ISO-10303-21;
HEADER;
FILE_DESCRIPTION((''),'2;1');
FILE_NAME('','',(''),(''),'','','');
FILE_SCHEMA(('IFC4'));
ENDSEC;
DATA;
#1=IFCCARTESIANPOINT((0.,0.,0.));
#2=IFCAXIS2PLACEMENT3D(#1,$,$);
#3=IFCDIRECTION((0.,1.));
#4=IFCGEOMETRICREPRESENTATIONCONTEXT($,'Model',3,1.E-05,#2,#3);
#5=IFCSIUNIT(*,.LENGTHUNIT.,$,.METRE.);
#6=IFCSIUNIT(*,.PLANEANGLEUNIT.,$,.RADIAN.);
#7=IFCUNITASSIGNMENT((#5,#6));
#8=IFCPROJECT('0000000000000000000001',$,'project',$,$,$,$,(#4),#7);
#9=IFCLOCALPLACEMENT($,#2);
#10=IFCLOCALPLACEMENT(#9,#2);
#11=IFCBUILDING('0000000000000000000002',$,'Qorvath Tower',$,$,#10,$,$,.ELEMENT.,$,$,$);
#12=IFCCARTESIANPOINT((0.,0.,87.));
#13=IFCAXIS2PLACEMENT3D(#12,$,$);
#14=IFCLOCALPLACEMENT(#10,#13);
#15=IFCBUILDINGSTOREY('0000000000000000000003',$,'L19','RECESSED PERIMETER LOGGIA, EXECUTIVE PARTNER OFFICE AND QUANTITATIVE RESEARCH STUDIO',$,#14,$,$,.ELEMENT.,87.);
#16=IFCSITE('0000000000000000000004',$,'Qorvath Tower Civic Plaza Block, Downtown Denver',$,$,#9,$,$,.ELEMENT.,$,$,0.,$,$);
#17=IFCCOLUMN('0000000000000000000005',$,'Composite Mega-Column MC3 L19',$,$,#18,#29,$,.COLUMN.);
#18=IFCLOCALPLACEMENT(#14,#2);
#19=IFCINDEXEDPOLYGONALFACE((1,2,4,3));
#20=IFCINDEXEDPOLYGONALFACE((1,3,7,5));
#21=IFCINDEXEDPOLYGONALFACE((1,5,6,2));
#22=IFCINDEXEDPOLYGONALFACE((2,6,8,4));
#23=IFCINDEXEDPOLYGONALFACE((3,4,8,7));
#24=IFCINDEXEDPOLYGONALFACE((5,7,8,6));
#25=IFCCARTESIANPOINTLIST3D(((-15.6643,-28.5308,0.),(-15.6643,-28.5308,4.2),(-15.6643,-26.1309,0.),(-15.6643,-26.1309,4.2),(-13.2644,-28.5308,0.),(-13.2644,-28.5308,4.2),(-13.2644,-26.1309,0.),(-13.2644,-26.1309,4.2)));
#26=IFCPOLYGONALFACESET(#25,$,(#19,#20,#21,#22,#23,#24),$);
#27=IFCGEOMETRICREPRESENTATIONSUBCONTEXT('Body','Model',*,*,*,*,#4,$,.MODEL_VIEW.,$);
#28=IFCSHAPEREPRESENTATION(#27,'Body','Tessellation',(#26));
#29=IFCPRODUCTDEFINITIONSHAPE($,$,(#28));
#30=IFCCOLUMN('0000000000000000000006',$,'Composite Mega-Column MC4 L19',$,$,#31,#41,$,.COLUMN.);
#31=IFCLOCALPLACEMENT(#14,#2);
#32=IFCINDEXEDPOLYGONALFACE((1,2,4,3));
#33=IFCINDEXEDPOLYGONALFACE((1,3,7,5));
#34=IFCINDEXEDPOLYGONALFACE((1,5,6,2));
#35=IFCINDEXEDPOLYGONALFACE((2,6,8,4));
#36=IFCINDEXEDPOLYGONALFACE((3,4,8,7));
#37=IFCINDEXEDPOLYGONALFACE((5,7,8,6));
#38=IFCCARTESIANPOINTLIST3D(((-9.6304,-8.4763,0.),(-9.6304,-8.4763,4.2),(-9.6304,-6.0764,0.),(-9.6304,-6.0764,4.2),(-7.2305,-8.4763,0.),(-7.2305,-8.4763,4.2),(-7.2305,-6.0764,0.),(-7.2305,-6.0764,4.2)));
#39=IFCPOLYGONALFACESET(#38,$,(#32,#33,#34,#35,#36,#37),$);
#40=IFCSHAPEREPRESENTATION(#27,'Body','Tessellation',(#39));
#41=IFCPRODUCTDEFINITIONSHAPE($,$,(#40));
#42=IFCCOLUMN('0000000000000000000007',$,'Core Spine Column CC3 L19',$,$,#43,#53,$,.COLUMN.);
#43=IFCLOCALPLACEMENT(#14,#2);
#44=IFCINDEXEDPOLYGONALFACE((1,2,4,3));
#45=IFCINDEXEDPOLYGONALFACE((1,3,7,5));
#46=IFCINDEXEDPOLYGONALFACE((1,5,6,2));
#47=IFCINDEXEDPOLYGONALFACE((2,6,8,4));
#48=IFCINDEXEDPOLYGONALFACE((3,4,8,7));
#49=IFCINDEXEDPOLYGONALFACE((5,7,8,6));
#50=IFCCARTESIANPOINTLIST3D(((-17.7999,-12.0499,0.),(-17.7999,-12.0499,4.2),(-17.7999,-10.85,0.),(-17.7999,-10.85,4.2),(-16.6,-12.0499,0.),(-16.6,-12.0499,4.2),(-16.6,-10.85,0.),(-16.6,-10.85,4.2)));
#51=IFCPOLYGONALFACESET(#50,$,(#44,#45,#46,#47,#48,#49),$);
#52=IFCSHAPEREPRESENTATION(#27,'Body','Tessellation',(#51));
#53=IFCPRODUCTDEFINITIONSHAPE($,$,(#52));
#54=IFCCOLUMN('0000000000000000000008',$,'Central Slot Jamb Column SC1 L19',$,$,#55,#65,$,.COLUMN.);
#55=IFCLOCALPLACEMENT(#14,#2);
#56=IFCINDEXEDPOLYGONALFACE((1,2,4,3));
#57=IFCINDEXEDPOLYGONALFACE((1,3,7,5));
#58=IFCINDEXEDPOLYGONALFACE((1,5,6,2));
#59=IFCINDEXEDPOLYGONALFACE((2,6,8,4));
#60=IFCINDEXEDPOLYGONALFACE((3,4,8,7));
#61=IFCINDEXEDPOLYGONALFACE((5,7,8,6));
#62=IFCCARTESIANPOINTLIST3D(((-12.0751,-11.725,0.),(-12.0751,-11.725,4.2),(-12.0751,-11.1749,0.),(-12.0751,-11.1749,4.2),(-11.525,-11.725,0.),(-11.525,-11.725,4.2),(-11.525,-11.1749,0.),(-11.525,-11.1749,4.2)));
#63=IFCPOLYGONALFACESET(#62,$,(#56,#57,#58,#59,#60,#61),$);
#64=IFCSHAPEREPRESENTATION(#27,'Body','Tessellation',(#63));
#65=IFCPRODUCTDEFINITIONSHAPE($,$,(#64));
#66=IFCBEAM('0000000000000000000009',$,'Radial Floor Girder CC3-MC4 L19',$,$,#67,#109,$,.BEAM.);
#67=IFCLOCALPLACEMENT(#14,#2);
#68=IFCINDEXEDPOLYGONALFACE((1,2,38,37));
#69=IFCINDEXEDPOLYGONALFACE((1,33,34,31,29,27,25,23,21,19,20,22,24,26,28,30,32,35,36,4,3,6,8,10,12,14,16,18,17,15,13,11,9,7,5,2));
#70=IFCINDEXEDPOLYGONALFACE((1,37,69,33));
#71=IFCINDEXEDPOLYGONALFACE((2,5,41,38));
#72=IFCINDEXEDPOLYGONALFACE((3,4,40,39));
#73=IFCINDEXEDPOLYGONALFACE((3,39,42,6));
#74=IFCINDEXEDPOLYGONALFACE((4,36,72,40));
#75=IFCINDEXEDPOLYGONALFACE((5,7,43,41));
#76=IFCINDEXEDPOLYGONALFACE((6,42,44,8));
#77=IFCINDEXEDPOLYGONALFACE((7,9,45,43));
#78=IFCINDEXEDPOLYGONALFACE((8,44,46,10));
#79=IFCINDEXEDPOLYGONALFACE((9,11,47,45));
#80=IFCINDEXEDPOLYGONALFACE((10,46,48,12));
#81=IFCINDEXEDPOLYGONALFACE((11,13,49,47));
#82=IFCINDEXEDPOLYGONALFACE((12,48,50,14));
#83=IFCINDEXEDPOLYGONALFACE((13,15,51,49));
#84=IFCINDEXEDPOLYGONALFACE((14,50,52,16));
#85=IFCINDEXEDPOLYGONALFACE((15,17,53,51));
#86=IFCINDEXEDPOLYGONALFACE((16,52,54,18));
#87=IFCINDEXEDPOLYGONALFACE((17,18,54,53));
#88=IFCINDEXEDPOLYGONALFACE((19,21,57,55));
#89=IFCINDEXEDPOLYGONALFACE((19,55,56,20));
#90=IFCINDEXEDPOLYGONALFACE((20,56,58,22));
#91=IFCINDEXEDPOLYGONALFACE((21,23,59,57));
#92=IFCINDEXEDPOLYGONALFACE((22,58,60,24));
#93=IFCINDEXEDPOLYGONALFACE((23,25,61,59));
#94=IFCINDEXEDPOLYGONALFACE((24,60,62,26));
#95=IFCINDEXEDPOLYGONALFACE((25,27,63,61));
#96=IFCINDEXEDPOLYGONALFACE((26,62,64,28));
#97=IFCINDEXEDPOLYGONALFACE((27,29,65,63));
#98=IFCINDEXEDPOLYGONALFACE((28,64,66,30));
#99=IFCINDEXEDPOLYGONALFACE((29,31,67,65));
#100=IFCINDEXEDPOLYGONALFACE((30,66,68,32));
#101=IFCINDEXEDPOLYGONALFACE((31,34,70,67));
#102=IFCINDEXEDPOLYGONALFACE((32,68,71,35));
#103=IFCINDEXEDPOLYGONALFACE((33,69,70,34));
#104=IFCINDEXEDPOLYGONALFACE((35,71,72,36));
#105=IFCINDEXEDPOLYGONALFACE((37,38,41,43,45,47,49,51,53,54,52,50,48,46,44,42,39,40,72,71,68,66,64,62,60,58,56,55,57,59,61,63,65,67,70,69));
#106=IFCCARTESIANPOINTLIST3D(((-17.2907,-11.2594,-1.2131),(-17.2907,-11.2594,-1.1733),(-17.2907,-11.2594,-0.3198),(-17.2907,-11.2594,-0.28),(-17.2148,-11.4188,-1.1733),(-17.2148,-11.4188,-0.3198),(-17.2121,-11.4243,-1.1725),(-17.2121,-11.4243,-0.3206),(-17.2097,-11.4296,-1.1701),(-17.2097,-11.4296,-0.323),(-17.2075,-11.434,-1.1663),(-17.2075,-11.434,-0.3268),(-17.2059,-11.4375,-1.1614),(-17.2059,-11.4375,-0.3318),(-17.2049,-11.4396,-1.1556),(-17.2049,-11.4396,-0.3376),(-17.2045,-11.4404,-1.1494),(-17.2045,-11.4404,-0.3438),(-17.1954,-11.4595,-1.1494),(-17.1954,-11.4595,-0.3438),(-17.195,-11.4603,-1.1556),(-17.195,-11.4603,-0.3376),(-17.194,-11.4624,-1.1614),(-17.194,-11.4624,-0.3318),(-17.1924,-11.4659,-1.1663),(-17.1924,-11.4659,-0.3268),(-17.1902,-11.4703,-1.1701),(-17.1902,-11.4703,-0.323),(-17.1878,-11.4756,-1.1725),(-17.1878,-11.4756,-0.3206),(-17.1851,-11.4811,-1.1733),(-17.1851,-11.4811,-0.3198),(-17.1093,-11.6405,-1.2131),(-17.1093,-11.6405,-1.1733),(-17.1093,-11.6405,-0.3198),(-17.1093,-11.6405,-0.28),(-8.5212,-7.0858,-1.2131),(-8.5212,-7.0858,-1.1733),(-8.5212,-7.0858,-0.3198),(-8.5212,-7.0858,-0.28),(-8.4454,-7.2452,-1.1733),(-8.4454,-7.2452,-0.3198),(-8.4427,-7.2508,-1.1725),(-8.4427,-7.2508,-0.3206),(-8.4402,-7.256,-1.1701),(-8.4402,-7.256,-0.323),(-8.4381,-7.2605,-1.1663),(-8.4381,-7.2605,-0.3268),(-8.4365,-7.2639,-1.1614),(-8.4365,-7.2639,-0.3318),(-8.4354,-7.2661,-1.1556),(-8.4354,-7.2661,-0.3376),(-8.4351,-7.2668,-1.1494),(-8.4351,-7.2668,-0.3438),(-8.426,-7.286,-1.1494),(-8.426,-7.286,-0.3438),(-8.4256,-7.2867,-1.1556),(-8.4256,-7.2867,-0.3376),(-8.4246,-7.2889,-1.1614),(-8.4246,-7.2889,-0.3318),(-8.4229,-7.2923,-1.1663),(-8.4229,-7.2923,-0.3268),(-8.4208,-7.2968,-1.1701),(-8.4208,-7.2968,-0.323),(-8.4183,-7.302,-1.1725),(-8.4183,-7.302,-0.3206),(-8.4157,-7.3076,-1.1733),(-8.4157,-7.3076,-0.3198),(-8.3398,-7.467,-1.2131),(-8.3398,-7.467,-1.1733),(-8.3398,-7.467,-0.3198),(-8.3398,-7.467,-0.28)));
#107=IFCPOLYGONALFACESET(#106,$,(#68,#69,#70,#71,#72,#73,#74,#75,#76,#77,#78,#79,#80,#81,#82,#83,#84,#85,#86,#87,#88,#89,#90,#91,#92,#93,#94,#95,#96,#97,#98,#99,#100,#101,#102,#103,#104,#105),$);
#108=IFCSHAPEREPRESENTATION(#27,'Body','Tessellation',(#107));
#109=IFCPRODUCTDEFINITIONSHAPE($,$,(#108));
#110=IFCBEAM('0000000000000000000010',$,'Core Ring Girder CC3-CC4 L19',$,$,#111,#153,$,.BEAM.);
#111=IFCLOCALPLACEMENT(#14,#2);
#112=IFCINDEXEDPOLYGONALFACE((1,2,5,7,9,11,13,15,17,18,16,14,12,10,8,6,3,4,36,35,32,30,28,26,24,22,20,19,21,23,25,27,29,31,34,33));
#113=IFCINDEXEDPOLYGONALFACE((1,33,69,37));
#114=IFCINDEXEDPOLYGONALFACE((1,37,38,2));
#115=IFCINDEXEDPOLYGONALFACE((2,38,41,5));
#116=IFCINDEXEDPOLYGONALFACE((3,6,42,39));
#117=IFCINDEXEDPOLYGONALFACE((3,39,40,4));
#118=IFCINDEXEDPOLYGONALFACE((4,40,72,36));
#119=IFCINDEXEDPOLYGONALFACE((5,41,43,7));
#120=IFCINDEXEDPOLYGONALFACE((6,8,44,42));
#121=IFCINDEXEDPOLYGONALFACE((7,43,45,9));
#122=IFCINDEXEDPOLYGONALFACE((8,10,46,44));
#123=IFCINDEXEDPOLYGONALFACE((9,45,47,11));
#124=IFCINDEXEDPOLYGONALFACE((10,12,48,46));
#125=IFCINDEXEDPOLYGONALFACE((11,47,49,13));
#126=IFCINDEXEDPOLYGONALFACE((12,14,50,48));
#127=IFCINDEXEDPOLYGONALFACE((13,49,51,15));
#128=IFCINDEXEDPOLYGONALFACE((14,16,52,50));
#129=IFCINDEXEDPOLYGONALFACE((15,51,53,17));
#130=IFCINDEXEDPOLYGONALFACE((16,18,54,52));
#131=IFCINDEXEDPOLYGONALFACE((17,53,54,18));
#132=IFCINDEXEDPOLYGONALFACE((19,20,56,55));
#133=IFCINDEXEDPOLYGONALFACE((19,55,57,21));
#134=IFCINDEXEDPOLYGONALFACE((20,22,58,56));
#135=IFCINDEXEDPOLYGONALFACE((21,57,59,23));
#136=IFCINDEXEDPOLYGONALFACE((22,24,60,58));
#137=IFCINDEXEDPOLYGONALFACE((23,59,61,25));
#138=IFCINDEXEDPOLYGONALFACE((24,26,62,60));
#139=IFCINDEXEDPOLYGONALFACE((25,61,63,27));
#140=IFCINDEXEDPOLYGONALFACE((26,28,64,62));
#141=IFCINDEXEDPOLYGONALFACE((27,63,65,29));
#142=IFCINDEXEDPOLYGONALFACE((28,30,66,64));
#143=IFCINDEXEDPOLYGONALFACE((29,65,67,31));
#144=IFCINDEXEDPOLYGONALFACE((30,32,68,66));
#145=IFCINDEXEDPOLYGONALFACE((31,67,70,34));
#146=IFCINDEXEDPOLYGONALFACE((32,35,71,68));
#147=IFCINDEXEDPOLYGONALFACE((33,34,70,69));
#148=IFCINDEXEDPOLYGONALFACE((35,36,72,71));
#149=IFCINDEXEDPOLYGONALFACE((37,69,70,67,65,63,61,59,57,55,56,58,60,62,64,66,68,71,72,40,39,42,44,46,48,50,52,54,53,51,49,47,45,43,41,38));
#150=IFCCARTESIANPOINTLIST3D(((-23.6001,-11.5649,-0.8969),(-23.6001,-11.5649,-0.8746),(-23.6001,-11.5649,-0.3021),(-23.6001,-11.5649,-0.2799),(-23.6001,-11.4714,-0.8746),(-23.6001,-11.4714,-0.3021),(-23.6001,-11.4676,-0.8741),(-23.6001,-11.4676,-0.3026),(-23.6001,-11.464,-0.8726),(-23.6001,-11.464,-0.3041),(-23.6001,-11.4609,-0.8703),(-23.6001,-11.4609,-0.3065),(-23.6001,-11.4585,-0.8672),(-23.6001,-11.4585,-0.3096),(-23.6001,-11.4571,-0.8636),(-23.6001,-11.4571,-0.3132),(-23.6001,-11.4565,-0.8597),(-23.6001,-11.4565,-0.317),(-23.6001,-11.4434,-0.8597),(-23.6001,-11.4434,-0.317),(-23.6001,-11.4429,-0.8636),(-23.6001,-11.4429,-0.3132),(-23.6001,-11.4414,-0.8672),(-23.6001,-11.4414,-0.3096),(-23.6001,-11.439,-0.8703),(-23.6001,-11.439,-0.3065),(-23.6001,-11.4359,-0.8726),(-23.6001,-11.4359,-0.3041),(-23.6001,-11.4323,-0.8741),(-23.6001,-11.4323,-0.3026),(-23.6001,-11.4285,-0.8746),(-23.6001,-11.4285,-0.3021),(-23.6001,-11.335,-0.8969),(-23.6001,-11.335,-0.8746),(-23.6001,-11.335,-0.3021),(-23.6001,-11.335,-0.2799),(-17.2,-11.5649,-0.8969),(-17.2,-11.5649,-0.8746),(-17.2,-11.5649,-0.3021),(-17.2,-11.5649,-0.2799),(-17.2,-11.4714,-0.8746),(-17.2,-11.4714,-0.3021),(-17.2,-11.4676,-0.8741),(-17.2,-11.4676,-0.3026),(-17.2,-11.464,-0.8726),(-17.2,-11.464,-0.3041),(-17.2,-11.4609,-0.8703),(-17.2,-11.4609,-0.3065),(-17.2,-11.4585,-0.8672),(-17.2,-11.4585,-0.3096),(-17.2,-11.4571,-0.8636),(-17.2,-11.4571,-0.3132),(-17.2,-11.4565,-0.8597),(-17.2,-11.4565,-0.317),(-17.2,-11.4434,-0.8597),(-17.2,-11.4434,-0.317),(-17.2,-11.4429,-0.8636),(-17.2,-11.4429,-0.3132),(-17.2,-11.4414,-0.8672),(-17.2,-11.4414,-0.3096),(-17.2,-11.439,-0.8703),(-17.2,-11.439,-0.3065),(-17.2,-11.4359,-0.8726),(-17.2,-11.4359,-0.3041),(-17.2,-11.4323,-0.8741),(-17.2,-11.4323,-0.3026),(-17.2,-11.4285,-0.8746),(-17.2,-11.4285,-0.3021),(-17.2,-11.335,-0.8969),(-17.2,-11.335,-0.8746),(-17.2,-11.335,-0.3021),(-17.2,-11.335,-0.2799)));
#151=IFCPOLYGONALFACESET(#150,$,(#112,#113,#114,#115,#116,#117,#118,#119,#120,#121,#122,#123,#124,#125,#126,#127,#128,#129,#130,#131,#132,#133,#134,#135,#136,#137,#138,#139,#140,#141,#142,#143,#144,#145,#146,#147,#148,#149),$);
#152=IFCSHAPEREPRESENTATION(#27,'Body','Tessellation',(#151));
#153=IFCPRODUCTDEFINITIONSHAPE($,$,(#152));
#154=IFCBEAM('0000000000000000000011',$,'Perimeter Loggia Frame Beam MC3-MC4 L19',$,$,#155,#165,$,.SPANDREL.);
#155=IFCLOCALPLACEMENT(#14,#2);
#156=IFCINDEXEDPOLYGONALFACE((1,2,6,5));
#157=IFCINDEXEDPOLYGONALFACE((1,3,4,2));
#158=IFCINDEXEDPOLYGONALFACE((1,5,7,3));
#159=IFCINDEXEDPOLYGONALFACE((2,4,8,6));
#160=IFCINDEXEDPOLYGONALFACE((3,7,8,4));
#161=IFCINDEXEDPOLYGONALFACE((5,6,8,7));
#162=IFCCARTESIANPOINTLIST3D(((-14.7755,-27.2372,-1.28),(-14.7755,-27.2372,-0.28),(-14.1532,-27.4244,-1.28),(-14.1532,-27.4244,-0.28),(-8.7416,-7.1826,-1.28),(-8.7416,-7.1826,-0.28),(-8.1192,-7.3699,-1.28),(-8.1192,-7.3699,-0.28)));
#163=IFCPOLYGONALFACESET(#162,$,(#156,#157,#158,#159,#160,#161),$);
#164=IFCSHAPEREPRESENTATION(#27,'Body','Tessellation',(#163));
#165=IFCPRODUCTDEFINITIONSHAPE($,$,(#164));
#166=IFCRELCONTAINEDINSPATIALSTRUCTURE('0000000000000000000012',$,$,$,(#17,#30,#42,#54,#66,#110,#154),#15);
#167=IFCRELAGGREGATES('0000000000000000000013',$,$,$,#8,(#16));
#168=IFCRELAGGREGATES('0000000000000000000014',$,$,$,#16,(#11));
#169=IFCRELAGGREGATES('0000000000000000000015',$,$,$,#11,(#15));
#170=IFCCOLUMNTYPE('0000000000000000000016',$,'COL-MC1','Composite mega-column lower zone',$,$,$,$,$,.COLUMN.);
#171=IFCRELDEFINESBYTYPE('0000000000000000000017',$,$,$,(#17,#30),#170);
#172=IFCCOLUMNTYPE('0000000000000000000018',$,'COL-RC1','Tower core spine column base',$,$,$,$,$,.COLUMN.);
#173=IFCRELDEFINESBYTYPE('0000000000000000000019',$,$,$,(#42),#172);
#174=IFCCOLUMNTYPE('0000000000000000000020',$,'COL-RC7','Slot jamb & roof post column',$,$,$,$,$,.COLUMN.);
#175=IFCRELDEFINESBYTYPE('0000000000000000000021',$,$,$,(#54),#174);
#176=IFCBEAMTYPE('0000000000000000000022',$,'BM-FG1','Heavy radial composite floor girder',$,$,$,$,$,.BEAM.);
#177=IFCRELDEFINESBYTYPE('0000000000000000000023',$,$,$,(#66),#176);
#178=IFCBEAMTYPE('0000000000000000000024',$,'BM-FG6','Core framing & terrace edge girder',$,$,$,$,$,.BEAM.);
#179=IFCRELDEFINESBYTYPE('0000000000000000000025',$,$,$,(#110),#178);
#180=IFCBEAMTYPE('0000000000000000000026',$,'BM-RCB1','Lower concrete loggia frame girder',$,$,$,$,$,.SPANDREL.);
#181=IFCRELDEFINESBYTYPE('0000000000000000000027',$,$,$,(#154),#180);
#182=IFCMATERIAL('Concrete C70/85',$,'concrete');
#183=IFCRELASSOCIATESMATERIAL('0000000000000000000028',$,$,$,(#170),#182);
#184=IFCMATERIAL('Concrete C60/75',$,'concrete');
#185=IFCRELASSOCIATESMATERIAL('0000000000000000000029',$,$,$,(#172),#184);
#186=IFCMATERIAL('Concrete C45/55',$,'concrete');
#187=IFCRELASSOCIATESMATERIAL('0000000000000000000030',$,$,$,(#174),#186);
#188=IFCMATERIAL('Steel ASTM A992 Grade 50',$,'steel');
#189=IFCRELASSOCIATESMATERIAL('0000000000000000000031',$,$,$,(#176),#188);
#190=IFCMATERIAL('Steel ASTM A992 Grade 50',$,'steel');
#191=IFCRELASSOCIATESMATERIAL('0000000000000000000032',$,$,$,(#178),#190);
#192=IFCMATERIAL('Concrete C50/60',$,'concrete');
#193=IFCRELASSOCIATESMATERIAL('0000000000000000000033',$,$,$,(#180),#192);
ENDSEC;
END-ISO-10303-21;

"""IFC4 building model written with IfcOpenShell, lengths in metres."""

from ifc_helpers import new_model, si_unit, direction, frame, origin, origin_2d, place, context, subcontext, project, spatial, rectangle, i_section, extrude, material, material_profile, profile_set, type_object, element, save


model = new_model("IFC4")

# Units and contexts
model_context = context("Model", 3, precision=1e-05, world=origin(), true_north=direction((0.0, 1.0)))
body_context = subcontext(model_context, "Body", "Model", "MODEL_VIEW")
ifc_project = project(units=[si_unit("LENGTHUNIT", "METRE"), si_unit("PLANEANGLEUNIT", "RADIAN")], contexts=[model_context])

# Site, building, storey
site_placement = place(None, origin())
site = spatial("IfcSite", under=ifc_project, at=site_placement, Name="Qorvath Tower Civic Plaza Block, Downtown Denver", CompositionType="ELEMENT", RefElevation=0.0)
building_placement = place(site_placement, origin())
building = spatial("IfcBuilding", under=site, at=building_placement, Name="Qorvath Tower", CompositionType="ELEMENT")
storey_placement = place(building_placement, frame((0.0, 0.0, 87.0)))
storey = spatial("IfcBuildingStorey", under=building, at=storey_placement, Name="L19", Description="RECESSED PERIMETER LOGGIA, EXECUTIVE PARTNER OFFICE AND QUANTITATIVE RESEARCH STUDIO", CompositionType="ELEMENT", Elevation=87.0)

# Columns
ifc_material_1 = material(Name="Concrete C70/85", Category="concrete")
ifc_material_profile_1 = material_profile(ifc_material_1, rectangle(XDim=2.3999, YDim=2.3999, at=origin_2d()), Name="MC 2400x2400")
ifc_profile_set_1 = profile_set([ifc_material_profile_1], Name="Concrete C70/85")
column_type_1 = type_object("IfcColumnType", Name="COL-MC1", Description="Composite mega-column lower zone", PredefinedType="COLUMN", material=ifc_profile_set_1)
for number, where, z_axis, x_axis, name in (
    (1, (-14.4644, -27.3308, 0.0), (0.0, 0.0, 1.0), (1.0, 0.0, 0.0), "Composite Mega-Column MC3 L19"),
    (2, (-8.4304, -7.2764, 0.0), (0.0, 0.0, 1.0), (1.0, 0.0, 0.0), "Composite Mega-Column MC4 L19"),
):
    element("IfcColumn", number, at=place(storey_placement, frame(where, z_axis=z_axis, x_axis=x_axis)), inside=storey, type_object=column_type_1, Name=name, PredefinedType="COLUMN", context=body_context, shape_type="SweptSolid", body=[
        extrude(rectangle(XDim=2.3999, YDim=2.3999, at=origin_2d()), origin(), (0.0, 0.0, 1.0), 4.2),
    ])
ifc_material_2 = material(Name="Concrete C60/75", Category="concrete")
ifc_material_profile_2 = material_profile(ifc_material_2, rectangle(XDim=1.2, YDim=1.2, at=origin_2d()), Name="RC 1200x1200")
ifc_profile_set_2 = profile_set([ifc_material_profile_2], Name="Concrete C60/75")
column_type_2 = type_object("IfcColumnType", Name="COL-RC1", Description="Tower core spine column base", PredefinedType="COLUMN", material=ifc_profile_set_2)
column_1_placement = place(storey_placement, frame((-17.2, -11.45, 0.0), z_axis=(0.0, 0.0, 1.0), x_axis=(1.0, 0.0, 0.0)))
element("IfcColumn", 3, at=column_1_placement, inside=storey, type_object=column_type_2, Name="Core Spine Column CC3 L19", PredefinedType="COLUMN", context=body_context, shape_type="SweptSolid", body=[
    extrude(rectangle(XDim=1.2, YDim=1.2, at=origin_2d()), origin(), (0.0, 0.0, 1.0), 4.2),
])
ifc_material_3 = material(Name="Concrete C45/55", Category="concrete")
ifc_material_profile_3 = material_profile(ifc_material_3, rectangle(XDim=0.55, YDim=0.55, at=origin_2d()), Name="RC 550x550")
ifc_profile_set_3 = profile_set([ifc_material_profile_3], Name="Concrete C45/55")
column_type_3 = type_object("IfcColumnType", Name="COL-RC7", Description="Slot jamb & roof post column", PredefinedType="COLUMN", material=ifc_profile_set_3)
column_2_placement = place(storey_placement, frame((-11.8, -11.45, 0.0), z_axis=(0.0, 0.0, 1.0), x_axis=(1.0, 0.0, 0.0)))
element("IfcColumn", 4, at=column_2_placement, inside=storey, type_object=column_type_3, Name="Central Slot Jamb Column SC1 L19", PredefinedType="COLUMN", context=body_context, shape_type="SweptSolid", body=[
    extrude(rectangle(XDim=0.55, YDim=0.55, at=origin_2d()), origin(), (0.0, 0.0, 1.0), 4.2),
])

# Beams
ifc_material_4 = material(Name="Steel ASTM A992 Grade 50", Category="steel")
ifc_material_profile_4 = material_profile(ifc_material_4, i_section(OverallWidth=0.4221, OverallDepth=0.9331, WebThickness=0.0212, FlangeThickness=0.0398, FilletRadius=0.0239, at=origin_2d()), Name="W36x262")
ifc_profile_set_4 = profile_set([ifc_material_profile_4], Name="Steel ASTM A992 Grade 50")
beam_type_1 = type_object("IfcBeamType", Name="BM-FG1", Description="Heavy radial composite floor girder", PredefinedType="BEAM", material=ifc_profile_set_4)
beam_1_placement = place(storey_placement, frame((-17.2, -11.45, -0.7466), z_axis=(0.902956, 0.429734, 0.0), x_axis=(-0.429734, 0.902956, 0.0)))
element("IfcBeam", 5, at=beam_1_placement, inside=storey, type_object=beam_type_1, Name="Radial Floor Girder CC3-MC4 L19", PredefinedType="BEAM", context=body_context, shape_type="SweptSolid", body=[
    extrude(i_section(OverallWidth=0.4221, OverallDepth=0.9331, WebThickness=0.0212, FlangeThickness=0.0398, FilletRadius=0.0239, at=origin_2d()), origin(), (0.0, 0.0, 1.0), 9.7119),
])
ifc_material_5 = material(Name="Steel ASTM A992 Grade 50", Category="steel")
ifc_material_profile_5 = material_profile(ifc_material_5, i_section(OverallWidth=0.23, OverallDepth=0.6169, WebThickness=0.0132, FlangeThickness=0.0222, FilletRadius=0.0149, at=origin_2d()), Name="W24x94")
ifc_profile_set_5 = profile_set([ifc_material_profile_5], Name="Steel ASTM A992 Grade 50")
beam_type_2 = type_object("IfcBeamType", Name="BM-FG6", Description="Core framing & terrace edge girder", PredefinedType="BEAM", material=ifc_profile_set_5)
beam_2_placement = place(storey_placement, frame((-17.2, -11.45, -0.5884), z_axis=(-1.0, 0.0, 0.0), x_axis=(0.0, -1.0, 0.0)))
element("IfcBeam", 6, at=beam_2_placement, inside=storey, type_object=beam_type_2, Name="Core Ring Girder CC3-CC4 L19", PredefinedType="BEAM", context=body_context, shape_type="SweptSolid", body=[
    extrude(i_section(OverallWidth=0.23, OverallDepth=0.6169, WebThickness=0.0132, FlangeThickness=0.0222, FilletRadius=0.0149, at=origin_2d()), origin(), (0.0, 0.0, 1.0), 6.4001),
])
ifc_material_6 = material(Name="Concrete C50/60", Category="concrete")
ifc_material_profile_6 = material_profile(ifc_material_6, rectangle(XDim=0.6499, YDim=1.0, at=origin_2d()), Name="RCB 1000x650")
ifc_profile_set_6 = profile_set([ifc_material_profile_6], Name="Concrete C50/60")
beam_type_3 = type_object("IfcBeamType", Name="BM-RCB1", Description="Lower concrete loggia frame girder", PredefinedType="SPANDREL", material=ifc_profile_set_6)
beam_3_placement = place(storey_placement, frame((-14.4644, -27.3308, -0.78), z_axis=(0.288119, 0.957595, 0.0), x_axis=(-0.957595, 0.288119, 0.0)))
element("IfcBeam", 7, at=beam_3_placement, inside=storey, type_object=beam_type_3, Name="Perimeter Loggia Frame Beam MC3-MC4 L19", PredefinedType="SPANDREL", context=body_context, shape_type="SweptSolid", body=[
    extrude(rectangle(XDim=0.6499, YDim=1.0, at=origin_2d()), origin(), (0.0, 0.0, 1.0), 20.9426),
])

save(model, "model.ifc")
